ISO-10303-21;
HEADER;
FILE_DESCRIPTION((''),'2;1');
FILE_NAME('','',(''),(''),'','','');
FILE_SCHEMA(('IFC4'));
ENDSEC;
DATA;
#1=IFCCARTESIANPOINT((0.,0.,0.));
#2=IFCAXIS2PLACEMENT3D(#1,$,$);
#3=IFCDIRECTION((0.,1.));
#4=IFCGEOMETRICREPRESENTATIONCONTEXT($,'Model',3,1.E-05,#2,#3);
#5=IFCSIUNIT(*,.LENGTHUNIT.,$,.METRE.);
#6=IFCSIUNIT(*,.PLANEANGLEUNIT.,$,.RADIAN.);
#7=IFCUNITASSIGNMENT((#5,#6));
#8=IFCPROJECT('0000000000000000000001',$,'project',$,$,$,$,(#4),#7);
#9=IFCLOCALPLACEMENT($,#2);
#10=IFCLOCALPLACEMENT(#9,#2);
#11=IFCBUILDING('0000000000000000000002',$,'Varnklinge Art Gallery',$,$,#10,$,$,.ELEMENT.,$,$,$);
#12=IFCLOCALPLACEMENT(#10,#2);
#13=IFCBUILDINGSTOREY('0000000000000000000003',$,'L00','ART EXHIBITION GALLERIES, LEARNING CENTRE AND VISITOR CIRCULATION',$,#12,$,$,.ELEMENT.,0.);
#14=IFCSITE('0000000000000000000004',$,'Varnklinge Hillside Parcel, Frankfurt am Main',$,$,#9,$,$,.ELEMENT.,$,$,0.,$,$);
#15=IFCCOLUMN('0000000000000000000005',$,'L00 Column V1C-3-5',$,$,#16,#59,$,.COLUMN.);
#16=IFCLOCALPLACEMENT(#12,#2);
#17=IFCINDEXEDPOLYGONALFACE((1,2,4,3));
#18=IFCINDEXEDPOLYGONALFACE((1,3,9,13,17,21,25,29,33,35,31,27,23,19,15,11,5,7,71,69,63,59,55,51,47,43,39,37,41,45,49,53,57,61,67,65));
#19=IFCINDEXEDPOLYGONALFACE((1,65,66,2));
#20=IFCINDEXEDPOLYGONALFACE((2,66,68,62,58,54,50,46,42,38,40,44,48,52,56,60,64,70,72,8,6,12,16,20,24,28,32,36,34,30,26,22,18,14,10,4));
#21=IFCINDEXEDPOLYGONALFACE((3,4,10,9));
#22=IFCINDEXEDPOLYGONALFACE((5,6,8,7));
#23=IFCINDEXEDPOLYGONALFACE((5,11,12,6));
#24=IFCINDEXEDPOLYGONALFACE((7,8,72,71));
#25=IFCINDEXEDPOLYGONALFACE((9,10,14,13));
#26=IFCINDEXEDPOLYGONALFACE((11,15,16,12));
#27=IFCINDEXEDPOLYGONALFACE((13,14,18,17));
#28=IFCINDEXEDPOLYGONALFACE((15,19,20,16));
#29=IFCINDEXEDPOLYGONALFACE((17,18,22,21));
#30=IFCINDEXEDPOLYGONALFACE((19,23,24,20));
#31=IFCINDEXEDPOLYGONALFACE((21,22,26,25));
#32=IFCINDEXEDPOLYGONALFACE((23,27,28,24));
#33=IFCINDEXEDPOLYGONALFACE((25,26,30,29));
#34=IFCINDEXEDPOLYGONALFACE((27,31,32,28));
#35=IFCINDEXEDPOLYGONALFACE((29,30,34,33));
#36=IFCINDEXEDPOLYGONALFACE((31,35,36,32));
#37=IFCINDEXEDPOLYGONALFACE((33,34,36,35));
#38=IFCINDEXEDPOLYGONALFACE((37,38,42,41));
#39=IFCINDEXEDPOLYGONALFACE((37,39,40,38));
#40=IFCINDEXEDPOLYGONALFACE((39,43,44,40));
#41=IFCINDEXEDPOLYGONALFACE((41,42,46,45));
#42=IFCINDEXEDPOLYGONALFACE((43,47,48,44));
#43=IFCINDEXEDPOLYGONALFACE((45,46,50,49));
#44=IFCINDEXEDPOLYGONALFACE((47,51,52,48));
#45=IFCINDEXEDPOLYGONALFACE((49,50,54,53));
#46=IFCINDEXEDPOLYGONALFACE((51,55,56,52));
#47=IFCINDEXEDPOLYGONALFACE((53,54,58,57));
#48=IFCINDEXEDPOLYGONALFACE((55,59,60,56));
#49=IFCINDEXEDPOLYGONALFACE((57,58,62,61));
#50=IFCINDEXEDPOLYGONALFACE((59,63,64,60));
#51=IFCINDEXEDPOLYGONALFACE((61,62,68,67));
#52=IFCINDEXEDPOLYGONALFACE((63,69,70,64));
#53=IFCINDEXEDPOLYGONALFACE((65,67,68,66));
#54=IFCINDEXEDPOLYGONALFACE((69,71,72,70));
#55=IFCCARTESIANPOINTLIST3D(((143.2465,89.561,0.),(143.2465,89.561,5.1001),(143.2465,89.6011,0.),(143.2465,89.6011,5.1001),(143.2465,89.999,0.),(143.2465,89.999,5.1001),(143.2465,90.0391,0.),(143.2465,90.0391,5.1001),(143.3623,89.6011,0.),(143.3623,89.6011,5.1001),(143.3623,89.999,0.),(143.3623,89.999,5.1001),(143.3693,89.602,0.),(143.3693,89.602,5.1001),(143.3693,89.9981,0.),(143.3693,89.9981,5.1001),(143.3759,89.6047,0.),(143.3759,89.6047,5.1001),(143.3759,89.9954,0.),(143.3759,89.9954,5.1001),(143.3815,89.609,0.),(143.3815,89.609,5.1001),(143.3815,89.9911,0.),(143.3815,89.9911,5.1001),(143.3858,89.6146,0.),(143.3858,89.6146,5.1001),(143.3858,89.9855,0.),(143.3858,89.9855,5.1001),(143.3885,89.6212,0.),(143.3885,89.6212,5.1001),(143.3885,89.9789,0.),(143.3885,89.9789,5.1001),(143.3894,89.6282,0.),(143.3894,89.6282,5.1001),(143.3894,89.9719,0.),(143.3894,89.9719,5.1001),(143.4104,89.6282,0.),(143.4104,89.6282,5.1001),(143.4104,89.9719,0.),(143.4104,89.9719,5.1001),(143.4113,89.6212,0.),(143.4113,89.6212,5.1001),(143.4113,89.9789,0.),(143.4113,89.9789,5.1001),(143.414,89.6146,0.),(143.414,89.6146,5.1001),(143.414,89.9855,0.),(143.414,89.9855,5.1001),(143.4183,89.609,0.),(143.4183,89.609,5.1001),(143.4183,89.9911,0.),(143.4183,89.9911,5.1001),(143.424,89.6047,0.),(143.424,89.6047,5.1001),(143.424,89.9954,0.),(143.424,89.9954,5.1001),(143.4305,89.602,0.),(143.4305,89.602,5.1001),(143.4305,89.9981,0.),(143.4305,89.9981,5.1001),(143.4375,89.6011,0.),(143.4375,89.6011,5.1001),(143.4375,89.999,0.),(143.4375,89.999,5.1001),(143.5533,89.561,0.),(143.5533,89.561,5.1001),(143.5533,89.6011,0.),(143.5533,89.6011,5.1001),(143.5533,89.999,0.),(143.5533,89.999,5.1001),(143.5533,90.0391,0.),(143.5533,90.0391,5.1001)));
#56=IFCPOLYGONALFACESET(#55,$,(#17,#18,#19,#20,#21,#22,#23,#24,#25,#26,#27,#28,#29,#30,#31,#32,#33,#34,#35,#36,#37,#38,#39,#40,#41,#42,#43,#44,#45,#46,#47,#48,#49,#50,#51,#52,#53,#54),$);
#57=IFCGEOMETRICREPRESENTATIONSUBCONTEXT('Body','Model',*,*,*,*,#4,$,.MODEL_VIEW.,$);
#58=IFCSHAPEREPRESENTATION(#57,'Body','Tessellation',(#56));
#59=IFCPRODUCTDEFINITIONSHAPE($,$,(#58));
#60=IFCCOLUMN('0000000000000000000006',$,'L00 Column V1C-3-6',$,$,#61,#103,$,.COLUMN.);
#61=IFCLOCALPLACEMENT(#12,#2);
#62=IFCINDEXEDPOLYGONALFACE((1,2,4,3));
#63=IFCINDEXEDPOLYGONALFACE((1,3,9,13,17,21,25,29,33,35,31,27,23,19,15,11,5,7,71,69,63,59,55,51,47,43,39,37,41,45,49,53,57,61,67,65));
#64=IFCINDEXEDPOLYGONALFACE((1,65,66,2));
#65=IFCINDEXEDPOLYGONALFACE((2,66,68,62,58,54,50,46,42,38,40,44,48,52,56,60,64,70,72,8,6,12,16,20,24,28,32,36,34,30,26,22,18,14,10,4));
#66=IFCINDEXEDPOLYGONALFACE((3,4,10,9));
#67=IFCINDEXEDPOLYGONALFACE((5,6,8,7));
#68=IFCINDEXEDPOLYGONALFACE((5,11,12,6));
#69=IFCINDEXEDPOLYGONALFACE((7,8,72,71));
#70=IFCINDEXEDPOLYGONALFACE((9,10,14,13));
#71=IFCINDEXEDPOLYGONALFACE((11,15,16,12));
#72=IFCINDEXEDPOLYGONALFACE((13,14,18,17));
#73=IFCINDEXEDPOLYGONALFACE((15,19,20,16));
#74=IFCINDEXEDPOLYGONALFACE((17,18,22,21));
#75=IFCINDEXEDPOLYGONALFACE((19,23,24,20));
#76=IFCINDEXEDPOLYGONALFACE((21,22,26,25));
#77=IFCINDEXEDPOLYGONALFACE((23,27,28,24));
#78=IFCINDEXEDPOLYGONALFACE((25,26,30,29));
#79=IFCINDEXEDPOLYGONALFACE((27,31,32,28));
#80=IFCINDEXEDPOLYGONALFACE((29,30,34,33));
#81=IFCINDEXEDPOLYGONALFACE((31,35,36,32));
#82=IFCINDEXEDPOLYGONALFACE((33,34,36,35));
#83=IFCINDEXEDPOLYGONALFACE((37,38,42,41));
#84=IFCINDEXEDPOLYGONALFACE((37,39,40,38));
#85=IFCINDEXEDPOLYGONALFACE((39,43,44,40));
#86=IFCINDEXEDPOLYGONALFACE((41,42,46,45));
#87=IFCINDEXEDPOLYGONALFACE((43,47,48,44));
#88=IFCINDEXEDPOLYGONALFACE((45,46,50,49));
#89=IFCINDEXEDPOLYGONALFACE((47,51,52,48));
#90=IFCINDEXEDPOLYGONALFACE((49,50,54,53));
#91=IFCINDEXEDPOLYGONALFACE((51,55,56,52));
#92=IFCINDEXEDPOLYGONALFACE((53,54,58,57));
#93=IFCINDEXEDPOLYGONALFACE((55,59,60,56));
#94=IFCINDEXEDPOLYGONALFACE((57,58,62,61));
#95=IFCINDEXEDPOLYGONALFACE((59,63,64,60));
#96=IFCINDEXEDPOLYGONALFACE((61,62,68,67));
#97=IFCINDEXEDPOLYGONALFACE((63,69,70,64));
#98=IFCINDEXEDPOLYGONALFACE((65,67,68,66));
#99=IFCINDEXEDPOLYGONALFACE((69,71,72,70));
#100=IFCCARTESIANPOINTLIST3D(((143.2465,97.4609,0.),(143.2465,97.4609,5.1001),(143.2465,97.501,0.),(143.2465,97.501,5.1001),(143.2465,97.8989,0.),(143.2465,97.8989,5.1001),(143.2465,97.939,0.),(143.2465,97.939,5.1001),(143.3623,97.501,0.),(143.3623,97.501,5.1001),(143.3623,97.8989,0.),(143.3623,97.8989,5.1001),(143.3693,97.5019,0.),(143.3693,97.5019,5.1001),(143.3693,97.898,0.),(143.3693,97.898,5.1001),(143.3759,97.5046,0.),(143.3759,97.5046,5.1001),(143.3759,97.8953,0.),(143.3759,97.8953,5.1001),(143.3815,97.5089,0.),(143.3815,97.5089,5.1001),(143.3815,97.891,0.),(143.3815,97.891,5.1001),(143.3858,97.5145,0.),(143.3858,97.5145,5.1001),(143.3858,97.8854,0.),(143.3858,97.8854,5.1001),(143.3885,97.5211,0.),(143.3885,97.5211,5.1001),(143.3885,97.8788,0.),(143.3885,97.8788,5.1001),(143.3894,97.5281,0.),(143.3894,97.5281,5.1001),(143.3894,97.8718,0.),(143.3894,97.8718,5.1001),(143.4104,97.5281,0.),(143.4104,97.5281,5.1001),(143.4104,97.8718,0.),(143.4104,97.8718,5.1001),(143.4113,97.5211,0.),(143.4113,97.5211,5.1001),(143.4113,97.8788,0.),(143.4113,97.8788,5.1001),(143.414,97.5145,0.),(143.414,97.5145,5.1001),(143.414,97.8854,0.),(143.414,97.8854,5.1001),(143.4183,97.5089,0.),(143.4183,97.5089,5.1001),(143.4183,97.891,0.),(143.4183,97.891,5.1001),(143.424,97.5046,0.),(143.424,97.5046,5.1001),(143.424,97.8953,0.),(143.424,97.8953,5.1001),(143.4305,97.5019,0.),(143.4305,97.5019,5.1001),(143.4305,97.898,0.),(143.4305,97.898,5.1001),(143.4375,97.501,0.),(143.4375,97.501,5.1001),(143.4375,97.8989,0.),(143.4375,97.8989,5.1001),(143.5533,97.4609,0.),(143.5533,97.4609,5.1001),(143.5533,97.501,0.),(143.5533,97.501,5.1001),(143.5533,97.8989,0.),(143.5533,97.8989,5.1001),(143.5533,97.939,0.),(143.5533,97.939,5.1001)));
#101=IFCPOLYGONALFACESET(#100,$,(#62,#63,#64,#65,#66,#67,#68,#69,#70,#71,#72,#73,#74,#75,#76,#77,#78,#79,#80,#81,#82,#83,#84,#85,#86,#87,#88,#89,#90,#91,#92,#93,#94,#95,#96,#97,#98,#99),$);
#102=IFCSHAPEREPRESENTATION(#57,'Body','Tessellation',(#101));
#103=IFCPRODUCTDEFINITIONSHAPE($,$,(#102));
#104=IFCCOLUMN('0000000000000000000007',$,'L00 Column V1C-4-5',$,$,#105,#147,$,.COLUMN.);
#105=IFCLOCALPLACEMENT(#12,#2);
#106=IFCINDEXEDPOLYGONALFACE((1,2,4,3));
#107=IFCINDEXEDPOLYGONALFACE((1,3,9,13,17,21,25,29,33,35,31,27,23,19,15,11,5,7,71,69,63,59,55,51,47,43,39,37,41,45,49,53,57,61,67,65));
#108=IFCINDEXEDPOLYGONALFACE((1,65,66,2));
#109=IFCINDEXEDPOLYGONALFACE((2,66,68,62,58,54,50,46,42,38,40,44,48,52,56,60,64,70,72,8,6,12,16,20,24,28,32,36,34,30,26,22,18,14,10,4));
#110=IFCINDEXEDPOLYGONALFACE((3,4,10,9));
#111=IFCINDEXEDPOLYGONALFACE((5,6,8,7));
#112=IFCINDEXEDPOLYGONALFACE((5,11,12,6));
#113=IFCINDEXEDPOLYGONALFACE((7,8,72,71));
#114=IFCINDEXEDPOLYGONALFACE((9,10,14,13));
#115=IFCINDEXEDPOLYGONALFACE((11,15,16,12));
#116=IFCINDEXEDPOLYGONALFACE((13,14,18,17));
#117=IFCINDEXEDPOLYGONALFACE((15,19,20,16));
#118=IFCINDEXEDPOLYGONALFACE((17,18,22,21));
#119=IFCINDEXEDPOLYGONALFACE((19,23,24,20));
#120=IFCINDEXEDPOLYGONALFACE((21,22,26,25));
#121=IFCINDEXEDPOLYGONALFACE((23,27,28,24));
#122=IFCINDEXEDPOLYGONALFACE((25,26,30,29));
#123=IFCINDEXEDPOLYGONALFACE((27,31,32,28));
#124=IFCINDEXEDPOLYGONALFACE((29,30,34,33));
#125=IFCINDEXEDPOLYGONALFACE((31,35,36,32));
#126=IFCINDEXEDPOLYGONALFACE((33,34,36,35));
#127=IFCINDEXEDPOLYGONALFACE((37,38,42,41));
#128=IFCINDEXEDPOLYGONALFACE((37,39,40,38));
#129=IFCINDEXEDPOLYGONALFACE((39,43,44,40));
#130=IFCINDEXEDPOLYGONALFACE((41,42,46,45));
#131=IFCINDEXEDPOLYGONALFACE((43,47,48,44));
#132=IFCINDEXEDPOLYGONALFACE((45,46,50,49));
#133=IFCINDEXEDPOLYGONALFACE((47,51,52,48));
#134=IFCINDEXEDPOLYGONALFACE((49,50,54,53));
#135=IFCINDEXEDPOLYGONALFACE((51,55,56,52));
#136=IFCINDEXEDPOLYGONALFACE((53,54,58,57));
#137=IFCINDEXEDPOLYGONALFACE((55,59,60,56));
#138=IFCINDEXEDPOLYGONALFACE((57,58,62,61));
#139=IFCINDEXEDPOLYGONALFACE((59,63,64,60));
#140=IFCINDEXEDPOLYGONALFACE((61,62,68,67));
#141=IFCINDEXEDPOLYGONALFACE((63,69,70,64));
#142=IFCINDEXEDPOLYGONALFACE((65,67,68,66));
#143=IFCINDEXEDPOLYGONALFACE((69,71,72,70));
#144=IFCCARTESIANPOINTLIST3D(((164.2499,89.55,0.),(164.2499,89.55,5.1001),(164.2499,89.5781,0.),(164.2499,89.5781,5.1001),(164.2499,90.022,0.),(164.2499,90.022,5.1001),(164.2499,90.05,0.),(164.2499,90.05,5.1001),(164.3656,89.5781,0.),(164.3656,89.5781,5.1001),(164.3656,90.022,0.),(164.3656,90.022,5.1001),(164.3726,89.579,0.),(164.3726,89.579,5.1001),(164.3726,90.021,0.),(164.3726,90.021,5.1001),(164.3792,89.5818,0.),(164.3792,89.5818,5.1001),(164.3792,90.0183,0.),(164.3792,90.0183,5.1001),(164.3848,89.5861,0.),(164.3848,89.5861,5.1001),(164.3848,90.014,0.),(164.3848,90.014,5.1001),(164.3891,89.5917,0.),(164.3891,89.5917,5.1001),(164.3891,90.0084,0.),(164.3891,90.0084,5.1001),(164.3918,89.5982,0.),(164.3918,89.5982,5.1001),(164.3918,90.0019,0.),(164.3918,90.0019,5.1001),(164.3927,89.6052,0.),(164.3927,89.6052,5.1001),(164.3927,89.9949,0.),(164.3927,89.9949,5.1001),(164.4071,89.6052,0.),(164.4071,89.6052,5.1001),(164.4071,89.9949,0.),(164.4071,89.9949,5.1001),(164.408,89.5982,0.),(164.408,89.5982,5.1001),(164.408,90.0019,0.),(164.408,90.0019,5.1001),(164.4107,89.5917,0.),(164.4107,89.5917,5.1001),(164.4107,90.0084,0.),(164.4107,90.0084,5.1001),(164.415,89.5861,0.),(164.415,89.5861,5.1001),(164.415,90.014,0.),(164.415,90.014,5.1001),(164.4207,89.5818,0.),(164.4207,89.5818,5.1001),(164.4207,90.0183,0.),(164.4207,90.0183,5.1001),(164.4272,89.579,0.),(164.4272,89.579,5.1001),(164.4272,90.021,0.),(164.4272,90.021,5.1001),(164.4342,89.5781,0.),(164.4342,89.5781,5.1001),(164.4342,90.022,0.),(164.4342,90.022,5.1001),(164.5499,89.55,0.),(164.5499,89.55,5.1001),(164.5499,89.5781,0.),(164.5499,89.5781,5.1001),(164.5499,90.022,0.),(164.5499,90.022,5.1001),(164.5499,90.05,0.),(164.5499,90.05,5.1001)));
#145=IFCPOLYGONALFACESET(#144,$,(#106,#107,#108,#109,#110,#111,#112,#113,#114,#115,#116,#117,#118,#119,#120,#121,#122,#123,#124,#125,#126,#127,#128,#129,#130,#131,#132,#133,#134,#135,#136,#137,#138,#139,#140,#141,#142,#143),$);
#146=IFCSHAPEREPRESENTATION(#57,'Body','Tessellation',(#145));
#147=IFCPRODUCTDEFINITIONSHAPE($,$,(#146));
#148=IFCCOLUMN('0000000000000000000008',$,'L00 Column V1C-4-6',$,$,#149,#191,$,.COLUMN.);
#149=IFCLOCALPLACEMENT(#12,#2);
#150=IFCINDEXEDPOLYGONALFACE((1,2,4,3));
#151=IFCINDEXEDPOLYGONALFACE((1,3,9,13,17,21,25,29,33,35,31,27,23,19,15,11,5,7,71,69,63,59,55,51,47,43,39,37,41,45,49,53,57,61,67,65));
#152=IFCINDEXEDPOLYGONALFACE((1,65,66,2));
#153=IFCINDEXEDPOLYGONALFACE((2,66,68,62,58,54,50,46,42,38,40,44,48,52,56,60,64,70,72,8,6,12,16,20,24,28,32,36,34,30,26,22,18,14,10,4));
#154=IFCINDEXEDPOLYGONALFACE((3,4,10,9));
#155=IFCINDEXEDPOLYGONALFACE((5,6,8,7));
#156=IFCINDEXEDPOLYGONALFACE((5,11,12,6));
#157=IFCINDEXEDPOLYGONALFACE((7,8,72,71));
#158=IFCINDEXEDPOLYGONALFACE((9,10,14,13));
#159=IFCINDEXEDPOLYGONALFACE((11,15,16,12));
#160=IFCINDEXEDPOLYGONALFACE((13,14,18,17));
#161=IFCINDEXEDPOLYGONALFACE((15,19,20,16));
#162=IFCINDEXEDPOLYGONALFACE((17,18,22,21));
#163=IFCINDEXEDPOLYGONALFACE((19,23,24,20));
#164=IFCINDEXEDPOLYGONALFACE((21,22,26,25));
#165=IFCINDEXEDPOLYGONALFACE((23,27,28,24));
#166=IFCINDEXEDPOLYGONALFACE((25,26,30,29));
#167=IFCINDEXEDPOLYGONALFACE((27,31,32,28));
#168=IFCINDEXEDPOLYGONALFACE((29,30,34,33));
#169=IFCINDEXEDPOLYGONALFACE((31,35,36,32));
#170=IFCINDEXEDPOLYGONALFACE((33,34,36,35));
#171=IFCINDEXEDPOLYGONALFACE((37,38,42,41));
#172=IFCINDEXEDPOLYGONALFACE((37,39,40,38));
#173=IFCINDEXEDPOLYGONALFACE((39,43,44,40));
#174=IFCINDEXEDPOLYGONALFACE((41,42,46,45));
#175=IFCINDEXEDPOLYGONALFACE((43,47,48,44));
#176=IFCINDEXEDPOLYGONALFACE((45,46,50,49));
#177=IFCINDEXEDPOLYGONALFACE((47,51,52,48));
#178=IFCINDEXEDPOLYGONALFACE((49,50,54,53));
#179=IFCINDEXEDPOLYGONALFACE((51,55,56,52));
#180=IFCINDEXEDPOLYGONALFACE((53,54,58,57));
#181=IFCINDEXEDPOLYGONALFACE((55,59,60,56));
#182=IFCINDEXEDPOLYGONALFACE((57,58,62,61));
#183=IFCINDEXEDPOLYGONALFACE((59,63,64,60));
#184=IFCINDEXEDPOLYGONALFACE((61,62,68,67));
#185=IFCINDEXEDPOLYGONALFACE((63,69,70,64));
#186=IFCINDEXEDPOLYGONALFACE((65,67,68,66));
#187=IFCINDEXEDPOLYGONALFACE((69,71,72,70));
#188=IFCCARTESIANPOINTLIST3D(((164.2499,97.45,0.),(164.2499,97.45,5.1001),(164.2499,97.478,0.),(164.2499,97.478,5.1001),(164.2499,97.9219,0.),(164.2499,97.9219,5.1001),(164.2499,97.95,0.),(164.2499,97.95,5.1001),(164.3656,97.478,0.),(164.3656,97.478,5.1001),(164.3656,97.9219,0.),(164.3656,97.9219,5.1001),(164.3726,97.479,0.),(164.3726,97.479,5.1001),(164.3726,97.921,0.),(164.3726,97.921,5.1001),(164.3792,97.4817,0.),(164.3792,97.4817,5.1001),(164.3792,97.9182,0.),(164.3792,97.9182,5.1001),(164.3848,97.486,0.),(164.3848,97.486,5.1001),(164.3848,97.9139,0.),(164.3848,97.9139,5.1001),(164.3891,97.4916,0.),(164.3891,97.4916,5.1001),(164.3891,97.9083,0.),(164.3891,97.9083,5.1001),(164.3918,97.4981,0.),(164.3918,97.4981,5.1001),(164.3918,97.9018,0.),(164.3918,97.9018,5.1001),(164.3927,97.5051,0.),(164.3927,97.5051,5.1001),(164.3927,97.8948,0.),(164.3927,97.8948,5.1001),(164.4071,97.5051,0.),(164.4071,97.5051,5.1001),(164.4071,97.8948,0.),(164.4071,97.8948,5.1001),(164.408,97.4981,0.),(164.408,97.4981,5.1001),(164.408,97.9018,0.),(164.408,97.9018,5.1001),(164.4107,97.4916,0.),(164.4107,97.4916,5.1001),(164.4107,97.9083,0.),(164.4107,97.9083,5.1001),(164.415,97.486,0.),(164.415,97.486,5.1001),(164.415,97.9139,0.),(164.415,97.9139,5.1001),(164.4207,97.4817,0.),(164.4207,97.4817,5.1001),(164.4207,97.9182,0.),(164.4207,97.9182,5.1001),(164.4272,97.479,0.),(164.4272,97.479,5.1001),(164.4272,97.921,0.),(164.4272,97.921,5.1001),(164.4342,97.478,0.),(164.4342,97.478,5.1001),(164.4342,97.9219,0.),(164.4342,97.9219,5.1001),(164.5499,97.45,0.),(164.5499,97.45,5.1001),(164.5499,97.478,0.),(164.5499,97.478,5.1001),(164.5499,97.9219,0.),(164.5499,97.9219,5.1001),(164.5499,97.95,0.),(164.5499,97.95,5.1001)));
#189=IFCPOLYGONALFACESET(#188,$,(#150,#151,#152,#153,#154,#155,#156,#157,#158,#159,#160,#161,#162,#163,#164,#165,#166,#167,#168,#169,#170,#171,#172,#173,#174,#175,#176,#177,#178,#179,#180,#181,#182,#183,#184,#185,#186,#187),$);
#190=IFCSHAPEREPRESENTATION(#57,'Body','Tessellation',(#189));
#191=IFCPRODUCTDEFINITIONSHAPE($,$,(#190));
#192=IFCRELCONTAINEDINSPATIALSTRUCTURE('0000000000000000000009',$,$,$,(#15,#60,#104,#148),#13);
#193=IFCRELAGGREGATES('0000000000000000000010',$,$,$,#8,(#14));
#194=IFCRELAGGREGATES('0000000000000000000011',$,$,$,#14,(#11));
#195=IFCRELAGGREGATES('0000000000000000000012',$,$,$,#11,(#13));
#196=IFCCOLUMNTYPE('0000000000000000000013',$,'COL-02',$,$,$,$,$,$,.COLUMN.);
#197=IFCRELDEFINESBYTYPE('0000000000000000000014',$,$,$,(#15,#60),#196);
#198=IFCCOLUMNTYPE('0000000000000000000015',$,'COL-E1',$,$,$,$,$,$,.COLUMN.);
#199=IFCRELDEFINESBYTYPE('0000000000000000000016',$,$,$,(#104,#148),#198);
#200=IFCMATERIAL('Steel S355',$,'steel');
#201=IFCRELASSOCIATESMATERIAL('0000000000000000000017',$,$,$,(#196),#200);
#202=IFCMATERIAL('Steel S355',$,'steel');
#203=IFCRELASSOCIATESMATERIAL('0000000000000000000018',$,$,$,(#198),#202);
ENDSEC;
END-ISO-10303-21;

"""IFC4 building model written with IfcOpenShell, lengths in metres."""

from ifc_helpers import new_model, si_unit, direction, frame, origin, origin_2d, place, context, subcontext, project, spatial, i_section, extrude, material, material_profile, profile_set, type_object, element, save


model = new_model("IFC4")

# Units and contexts
model_context = context("Model", 3, precision=1e-05, world=origin(), true_north=direction((0.0, 1.0)))
body_context = subcontext(model_context, "Body", "Model", "MODEL_VIEW")
ifc_project = project(units=[si_unit("LENGTHUNIT", "METRE"), si_unit("PLANEANGLEUNIT", "RADIAN")], contexts=[model_context])

# Site, building, storey
site_placement = place(None, origin())
site = spatial("IfcSite", under=ifc_project, at=site_placement, Name="Varnklinge Hillside Parcel, Frankfurt am Main", CompositionType="ELEMENT", RefElevation=0.0)
building_placement = place(site_placement, origin())
building = spatial("IfcBuilding", under=site, at=building_placement, Name="Varnklinge Art Gallery", CompositionType="ELEMENT")
storey_placement = place(building_placement, origin())
storey = spatial("IfcBuildingStorey", under=building, at=storey_placement, Name="L00", Description="ART EXHIBITION GALLERIES, LEARNING CENTRE AND VISITOR CIRCULATION", CompositionType="ELEMENT", Elevation=0.0)

# Columns
ifc_material_1 = material(Name="Steel S355", Category="steel")
ifc_material_profile_1 = material_profile(ifc_material_1, i_section(OverallWidth=0.3069, OverallDepth=0.478, WebThickness=0.021, FlangeThickness=0.04, FilletRadius=0.0271, at=origin_2d()), Name="HEM 450")
ifc_profile_set_1 = profile_set([ifc_material_profile_1], Name="Steel S355")
column_type_1 = type_object("IfcColumnType", Name="COL-02", PredefinedType="COLUMN", material=ifc_profile_set_1)
for number, where, z_axis, x_axis, name in (
    (1, (143.3999, 89.8, 0.0), (0.0, 0.0, 1.0), (1.0, 0.0, 0.0), "L00 Column V1C-3-5"),
    (2, (143.3999, 97.7, 0.0), (0.0, 0.0, 1.0), (1.0, 0.0, 0.0), "L00 Column V1C-3-6"),
):
    element("IfcColumn", number, at=place(storey_placement, frame(where, z_axis=z_axis, x_axis=x_axis)), inside=storey, type_object=column_type_1, Name=name, PredefinedType="COLUMN", context=body_context, shape_type="SweptSolid", body=[
        extrude(i_section(OverallWidth=0.3069, OverallDepth=0.478, WebThickness=0.021, FlangeThickness=0.04, FilletRadius=0.0271, at=origin_2d()), origin(), (0.0, 0.0, 1.0), 5.1001),
    ])
ifc_material_2 = material(Name="Steel S355", Category="steel")
ifc_material_profile_2 = material_profile(ifc_material_2, i_section(OverallWidth=0.3, OverallDepth=0.5, WebThickness=0.0144, FlangeThickness=0.0281, FilletRadius=0.0271, at=origin_2d()), Name="HEB 500")
ifc_profile_set_2 = profile_set([ifc_material_profile_2], Name="Steel S355")
column_type_2 = type_object("IfcColumnType", Name="COL-E1", PredefinedType="COLUMN", material=ifc_profile_set_2)
for number, where, z_axis, x_axis, name in (
    (3, (164.3999, 89.8, 0.0), (0.0, 0.0, 1.0), (1.0, 0.0, 0.0), "L00 Column V1C-4-5"),
    (4, (164.3999, 97.7, 0.0), (0.0, 0.0, 1.0), (1.0, 0.0, 0.0), "L00 Column V1C-4-6"),
):
    element("IfcColumn", number, at=place(storey_placement, frame(where, z_axis=z_axis, x_axis=x_axis)), inside=storey, type_object=column_type_2, Name=name, PredefinedType="COLUMN", context=body_context, shape_type="SweptSolid", body=[
        extrude(i_section(OverallWidth=0.3, OverallDepth=0.5, WebThickness=0.0144, FlangeThickness=0.0281, FilletRadius=0.0271, at=origin_2d()), origin(), (0.0, 0.0, 1.0), 5.1001),
    ])

save(model, "model.ifc")
